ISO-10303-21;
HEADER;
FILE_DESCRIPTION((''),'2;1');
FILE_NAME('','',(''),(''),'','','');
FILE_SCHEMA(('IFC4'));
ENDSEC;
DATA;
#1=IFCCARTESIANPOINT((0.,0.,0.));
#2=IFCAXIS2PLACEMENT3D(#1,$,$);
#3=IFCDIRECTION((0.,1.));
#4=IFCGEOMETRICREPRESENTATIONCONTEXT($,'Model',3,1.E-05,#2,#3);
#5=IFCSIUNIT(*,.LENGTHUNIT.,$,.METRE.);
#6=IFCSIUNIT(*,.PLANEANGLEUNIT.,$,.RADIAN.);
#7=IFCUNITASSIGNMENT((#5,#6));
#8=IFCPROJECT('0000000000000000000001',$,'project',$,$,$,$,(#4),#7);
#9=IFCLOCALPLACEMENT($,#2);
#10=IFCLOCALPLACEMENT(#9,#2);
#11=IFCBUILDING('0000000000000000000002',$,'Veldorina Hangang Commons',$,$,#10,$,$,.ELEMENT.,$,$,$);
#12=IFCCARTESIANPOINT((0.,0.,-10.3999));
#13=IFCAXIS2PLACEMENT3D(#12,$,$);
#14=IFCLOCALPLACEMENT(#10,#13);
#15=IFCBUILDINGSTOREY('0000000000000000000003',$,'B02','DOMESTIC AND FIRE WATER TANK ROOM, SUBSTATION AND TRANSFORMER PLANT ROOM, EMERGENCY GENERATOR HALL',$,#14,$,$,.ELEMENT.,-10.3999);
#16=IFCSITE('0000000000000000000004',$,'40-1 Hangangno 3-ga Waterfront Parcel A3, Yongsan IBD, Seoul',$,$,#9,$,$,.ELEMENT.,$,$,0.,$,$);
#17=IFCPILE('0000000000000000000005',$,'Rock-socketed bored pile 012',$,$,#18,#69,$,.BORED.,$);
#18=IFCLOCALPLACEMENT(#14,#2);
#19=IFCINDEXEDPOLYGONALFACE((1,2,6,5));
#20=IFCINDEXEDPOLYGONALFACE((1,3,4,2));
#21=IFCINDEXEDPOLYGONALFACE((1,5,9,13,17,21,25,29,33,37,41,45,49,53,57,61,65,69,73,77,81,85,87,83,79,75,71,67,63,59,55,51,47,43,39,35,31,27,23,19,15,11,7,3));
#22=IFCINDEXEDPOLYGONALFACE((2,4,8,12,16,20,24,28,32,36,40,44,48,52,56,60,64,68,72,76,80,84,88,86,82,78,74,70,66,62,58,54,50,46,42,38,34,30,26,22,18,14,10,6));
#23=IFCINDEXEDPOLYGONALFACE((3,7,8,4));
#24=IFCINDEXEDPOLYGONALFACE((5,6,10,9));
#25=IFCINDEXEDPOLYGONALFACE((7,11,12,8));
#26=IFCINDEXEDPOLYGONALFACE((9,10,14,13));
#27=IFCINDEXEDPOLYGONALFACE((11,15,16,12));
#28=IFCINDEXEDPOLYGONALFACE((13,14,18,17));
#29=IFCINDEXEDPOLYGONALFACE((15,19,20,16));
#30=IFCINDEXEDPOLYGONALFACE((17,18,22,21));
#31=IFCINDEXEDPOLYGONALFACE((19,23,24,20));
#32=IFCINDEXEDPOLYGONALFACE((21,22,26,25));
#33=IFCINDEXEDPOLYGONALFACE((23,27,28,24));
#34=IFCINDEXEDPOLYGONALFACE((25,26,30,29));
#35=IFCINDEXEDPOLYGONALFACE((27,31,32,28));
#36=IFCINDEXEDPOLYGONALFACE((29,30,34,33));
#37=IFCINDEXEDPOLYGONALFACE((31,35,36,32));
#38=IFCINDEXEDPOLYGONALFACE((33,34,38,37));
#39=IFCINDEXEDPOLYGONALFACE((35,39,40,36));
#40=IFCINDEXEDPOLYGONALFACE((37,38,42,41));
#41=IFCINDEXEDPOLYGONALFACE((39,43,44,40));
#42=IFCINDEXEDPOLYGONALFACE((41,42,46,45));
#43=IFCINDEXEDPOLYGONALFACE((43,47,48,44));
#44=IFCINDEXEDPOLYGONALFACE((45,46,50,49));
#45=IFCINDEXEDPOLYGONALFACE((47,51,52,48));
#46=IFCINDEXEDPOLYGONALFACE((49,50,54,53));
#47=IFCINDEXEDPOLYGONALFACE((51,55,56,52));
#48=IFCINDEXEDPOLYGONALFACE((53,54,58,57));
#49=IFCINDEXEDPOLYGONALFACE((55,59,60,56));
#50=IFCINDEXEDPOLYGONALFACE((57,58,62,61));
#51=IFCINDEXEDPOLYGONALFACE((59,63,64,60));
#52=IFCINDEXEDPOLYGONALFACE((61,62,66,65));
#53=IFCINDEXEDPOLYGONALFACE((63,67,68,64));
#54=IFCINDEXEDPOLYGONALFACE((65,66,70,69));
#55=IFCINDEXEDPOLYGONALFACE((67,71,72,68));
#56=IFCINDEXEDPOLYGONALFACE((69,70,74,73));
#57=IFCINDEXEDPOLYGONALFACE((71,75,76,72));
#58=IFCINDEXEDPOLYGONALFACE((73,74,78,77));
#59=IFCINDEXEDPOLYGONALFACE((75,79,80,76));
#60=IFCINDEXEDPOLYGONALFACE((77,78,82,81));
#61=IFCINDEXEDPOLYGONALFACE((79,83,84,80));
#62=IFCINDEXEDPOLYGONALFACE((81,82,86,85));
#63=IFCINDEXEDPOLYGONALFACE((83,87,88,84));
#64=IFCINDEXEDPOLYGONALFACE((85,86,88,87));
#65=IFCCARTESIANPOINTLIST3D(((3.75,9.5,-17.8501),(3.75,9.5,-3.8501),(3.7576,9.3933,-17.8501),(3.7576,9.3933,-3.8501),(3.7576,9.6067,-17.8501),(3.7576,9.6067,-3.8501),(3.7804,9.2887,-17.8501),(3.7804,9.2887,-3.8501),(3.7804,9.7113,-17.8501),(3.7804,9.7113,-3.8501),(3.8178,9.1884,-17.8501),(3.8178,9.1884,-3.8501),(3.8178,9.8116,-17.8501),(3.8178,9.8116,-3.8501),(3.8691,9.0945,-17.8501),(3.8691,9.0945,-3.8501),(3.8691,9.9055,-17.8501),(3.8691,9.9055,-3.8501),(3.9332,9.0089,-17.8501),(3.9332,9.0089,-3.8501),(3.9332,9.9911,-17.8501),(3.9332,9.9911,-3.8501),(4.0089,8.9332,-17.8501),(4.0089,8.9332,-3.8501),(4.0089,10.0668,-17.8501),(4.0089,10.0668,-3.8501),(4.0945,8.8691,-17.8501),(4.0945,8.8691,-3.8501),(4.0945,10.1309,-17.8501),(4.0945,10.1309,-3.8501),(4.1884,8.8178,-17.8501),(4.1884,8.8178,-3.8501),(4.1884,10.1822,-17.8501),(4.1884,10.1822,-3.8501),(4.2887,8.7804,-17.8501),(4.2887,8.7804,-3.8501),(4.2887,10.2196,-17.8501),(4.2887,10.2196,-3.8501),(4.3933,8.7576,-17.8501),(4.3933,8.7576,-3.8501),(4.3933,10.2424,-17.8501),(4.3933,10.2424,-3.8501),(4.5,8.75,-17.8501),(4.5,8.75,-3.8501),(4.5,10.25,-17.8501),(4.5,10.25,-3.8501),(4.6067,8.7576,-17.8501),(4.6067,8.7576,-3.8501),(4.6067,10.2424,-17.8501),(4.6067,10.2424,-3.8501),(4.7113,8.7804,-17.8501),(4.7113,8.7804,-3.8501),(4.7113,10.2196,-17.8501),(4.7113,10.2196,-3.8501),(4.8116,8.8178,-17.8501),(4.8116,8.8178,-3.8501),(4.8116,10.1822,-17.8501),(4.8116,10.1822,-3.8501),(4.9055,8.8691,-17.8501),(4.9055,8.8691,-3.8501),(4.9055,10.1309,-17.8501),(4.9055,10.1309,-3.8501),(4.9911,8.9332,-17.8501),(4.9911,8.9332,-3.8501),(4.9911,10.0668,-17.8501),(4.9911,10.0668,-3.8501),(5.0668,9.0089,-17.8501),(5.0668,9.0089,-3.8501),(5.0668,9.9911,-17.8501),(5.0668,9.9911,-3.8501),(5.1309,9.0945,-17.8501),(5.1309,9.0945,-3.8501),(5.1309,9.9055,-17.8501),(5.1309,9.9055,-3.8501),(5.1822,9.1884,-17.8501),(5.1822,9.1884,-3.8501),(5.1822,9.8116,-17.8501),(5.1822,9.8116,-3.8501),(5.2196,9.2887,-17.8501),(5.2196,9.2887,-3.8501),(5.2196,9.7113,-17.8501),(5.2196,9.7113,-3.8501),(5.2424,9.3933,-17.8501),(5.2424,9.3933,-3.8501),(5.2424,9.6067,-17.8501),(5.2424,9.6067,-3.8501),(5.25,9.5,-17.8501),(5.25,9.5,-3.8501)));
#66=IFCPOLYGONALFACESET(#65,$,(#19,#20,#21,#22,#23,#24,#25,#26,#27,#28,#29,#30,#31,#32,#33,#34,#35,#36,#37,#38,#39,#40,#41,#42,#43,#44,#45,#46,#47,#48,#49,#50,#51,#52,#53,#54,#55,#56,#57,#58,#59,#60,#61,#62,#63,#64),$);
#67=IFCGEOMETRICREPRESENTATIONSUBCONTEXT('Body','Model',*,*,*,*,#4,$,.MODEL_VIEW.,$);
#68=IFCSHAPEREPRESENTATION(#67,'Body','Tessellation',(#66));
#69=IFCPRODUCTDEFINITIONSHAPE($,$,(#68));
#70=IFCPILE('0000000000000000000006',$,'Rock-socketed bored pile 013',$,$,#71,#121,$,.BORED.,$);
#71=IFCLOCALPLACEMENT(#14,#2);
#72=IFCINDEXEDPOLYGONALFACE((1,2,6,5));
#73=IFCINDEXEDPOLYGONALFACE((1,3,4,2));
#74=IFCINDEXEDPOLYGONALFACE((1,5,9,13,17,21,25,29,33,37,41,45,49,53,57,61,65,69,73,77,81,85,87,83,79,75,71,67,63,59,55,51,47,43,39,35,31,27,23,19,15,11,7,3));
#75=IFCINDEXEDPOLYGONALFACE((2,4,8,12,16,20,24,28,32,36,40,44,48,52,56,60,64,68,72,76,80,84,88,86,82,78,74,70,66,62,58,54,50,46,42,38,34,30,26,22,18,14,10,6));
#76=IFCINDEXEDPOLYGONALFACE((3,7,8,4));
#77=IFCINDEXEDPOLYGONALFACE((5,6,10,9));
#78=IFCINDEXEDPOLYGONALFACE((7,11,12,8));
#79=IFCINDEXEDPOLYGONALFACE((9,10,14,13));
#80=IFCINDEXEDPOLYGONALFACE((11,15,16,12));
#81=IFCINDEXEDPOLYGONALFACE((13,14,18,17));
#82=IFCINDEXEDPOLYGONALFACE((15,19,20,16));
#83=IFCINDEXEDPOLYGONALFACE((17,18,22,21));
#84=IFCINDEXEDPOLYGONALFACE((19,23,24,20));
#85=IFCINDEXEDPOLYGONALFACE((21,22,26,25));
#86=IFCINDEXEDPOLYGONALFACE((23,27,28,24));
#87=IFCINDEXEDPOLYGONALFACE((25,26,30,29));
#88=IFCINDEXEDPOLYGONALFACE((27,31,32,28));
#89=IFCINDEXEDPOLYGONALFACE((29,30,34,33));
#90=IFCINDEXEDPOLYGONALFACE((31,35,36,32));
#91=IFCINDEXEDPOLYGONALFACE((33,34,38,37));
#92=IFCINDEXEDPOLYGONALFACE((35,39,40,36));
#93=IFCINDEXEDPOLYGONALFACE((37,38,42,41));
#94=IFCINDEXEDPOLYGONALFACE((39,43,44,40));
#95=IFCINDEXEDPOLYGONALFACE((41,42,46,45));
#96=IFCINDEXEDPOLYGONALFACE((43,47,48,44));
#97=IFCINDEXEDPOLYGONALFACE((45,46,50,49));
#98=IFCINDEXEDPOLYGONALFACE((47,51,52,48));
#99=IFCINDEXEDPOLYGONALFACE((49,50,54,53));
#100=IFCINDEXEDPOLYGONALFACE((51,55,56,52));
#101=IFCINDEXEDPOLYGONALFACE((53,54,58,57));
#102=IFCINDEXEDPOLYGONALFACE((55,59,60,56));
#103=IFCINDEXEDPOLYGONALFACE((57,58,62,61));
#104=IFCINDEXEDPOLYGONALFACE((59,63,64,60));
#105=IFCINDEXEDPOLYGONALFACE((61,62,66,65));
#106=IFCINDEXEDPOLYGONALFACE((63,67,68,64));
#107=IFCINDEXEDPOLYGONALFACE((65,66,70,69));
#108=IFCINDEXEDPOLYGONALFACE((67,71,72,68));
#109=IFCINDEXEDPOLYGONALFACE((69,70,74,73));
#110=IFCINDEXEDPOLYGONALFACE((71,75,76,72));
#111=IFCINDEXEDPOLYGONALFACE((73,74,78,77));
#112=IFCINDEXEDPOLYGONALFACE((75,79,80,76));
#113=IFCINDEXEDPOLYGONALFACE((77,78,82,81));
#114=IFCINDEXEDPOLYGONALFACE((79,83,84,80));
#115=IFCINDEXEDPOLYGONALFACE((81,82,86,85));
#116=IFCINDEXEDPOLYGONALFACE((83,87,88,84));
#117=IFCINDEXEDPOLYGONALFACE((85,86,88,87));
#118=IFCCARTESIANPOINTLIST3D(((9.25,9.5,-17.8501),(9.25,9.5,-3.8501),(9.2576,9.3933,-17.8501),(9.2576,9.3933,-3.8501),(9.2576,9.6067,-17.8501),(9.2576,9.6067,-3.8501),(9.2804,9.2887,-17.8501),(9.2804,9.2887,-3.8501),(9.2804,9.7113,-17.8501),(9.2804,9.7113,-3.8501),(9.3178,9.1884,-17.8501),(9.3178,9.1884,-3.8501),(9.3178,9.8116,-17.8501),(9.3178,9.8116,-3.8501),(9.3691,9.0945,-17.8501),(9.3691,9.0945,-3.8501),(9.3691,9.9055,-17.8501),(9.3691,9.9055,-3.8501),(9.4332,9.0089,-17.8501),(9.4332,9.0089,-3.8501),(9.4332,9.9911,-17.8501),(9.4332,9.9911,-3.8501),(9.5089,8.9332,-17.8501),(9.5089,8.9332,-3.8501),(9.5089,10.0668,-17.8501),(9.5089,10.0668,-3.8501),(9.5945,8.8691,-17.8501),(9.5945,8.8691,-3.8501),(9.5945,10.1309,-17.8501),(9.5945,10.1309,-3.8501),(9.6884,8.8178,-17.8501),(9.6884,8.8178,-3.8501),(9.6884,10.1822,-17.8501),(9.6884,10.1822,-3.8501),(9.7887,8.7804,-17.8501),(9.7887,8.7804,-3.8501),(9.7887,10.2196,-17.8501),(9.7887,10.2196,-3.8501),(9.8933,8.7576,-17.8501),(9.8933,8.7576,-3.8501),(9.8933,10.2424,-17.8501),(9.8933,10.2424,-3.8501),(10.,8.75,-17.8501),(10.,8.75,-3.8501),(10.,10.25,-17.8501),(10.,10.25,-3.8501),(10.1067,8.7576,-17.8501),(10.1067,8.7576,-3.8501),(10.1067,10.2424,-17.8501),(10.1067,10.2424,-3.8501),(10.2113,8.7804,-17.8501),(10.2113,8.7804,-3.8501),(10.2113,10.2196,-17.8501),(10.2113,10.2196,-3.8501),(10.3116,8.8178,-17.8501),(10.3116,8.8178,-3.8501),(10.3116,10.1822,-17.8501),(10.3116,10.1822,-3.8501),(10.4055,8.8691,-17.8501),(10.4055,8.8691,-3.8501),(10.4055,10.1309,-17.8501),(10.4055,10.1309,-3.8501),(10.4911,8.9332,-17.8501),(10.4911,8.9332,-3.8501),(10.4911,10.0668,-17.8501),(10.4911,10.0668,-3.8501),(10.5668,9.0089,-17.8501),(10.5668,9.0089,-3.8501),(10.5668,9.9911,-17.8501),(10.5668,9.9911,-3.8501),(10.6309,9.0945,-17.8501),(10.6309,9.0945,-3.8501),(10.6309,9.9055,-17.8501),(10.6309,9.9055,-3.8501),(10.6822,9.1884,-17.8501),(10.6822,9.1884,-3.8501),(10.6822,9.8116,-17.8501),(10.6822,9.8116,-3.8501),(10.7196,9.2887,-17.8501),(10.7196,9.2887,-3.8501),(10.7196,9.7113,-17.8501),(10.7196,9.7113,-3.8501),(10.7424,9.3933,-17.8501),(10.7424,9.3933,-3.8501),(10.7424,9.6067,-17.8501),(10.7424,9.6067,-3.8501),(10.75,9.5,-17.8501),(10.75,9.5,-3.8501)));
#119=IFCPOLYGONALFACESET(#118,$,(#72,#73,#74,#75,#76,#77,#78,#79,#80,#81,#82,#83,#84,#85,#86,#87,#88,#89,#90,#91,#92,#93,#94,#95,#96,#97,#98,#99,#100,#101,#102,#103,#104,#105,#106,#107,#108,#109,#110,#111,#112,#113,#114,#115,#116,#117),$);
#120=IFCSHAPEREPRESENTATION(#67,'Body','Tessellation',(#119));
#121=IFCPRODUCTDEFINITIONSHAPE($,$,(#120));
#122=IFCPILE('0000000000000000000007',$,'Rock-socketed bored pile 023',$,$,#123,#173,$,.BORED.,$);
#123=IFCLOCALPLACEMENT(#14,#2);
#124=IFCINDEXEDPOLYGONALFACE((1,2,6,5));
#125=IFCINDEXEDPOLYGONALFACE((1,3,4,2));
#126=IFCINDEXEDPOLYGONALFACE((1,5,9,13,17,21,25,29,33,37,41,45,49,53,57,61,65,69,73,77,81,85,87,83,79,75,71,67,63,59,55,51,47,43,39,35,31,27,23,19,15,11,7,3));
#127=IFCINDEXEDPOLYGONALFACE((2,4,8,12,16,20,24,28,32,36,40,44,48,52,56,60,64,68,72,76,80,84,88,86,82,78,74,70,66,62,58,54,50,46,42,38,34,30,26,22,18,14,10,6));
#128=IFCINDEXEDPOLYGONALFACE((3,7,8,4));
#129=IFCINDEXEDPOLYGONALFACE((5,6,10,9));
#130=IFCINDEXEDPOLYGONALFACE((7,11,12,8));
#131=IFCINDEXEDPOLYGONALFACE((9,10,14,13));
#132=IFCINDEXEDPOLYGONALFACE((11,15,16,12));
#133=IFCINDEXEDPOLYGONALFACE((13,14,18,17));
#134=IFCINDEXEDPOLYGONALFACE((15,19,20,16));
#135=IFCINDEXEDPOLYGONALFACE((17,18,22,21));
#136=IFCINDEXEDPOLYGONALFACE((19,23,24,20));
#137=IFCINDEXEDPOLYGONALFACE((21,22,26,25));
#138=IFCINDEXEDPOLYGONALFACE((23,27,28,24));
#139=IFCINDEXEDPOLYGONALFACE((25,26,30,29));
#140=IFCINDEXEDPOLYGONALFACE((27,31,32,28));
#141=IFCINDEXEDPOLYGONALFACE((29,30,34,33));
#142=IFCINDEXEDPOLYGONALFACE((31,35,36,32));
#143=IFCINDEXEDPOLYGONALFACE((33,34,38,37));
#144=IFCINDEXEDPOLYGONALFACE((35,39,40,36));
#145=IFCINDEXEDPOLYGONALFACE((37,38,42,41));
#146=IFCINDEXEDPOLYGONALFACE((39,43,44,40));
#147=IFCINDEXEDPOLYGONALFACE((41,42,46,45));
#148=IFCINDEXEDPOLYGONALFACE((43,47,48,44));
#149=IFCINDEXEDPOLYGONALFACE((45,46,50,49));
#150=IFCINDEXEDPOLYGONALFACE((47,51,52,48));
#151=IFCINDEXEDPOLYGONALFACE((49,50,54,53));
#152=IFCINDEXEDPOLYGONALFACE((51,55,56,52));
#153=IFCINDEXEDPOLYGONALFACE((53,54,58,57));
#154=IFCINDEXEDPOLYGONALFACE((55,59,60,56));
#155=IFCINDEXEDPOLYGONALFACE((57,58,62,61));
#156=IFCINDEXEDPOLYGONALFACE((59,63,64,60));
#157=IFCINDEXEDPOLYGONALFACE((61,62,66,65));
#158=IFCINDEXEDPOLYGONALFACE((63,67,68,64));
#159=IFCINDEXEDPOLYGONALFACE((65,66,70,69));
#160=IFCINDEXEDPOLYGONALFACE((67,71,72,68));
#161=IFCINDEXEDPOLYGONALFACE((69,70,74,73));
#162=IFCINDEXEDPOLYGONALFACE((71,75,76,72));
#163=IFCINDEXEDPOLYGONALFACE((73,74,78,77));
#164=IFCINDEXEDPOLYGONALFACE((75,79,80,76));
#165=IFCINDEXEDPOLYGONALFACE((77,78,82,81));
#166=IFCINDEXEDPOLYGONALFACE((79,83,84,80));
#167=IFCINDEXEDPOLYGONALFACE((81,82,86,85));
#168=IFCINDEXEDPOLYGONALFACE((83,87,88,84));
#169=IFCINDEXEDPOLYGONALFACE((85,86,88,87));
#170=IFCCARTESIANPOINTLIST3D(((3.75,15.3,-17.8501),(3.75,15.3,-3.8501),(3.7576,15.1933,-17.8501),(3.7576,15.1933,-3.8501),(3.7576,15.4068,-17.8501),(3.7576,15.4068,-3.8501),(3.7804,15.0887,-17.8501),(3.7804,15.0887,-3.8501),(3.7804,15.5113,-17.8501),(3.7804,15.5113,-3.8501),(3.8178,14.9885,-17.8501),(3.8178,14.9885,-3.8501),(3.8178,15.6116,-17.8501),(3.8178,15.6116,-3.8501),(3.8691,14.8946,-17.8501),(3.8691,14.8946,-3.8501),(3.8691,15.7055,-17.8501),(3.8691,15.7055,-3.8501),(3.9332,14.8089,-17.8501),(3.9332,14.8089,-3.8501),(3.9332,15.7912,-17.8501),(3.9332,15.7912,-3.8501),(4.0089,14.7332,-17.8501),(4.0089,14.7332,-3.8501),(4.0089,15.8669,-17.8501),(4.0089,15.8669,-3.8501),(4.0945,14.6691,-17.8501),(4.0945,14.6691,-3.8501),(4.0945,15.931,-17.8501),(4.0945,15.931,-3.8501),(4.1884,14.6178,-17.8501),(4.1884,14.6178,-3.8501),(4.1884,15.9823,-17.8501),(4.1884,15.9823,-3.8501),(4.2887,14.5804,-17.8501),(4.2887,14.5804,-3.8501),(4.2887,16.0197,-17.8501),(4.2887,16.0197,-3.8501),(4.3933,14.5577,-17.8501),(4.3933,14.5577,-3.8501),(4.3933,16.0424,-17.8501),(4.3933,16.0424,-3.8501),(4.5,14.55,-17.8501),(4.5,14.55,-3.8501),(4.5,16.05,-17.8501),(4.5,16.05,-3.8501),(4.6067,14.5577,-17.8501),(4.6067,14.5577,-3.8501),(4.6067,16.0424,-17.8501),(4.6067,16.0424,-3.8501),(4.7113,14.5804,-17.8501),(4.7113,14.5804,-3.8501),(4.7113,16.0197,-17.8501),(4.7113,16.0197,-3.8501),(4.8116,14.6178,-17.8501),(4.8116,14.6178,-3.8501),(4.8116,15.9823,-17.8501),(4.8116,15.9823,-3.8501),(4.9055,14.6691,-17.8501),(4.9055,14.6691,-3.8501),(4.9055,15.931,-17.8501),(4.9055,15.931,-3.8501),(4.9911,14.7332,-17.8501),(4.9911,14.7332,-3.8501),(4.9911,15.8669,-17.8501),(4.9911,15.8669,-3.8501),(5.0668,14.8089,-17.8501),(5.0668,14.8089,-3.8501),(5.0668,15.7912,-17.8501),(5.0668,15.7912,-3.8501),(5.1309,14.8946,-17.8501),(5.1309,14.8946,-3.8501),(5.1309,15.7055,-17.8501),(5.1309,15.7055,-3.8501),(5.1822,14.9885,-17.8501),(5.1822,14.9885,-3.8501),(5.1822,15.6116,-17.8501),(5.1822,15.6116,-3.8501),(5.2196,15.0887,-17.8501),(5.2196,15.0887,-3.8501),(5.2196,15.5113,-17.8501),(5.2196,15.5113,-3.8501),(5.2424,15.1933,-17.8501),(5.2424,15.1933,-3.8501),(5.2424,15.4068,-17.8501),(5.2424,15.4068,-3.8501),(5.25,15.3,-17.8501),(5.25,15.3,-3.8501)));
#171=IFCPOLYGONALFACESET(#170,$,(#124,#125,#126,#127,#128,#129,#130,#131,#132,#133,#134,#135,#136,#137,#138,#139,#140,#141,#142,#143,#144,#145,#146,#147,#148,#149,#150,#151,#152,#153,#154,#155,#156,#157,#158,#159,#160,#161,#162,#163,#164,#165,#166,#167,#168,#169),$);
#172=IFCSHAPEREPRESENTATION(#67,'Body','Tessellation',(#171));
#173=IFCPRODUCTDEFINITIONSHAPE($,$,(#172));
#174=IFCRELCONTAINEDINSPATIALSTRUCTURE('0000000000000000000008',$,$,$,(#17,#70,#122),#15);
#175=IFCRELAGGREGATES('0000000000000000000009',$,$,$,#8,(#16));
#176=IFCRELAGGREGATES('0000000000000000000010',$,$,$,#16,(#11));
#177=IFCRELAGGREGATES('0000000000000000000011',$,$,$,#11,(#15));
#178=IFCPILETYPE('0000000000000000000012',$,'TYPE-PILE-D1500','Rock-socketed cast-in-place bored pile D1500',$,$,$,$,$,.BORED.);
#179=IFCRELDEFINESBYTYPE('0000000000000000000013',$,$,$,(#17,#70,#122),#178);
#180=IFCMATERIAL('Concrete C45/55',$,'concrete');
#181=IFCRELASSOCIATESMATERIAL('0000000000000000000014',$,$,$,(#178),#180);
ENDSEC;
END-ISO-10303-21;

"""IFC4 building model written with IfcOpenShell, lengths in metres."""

from ifc_helpers import new_model, si_unit, direction, frame, origin, origin_2d, place, context, subcontext, project, spatial, circle, extrude, material, material_profile, profile_set, type_object, element, save


model = new_model("IFC4")

# Units and contexts
model_context = context("Model", 3, precision=1e-05, world=origin(), true_north=direction((0.0, 1.0)))
body_context = subcontext(model_context, "Body", "Model", "MODEL_VIEW")
ifc_project = project(units=[si_unit("LENGTHUNIT", "METRE"), si_unit("PLANEANGLEUNIT", "RADIAN")], contexts=[model_context])

# Site, building, storey
site_placement = place(None, origin())
site = spatial("IfcSite", under=ifc_project, at=site_placement, Name="40-1 Hangangno 3-ga Waterfront Parcel A3, Yongsan IBD, Seoul", CompositionType="ELEMENT", RefElevation=0.0)
building_placement = place(site_placement, origin())
building = spatial("IfcBuilding", under=site, at=building_placement, Name="Veldorina Hangang Commons", CompositionType="ELEMENT")
storey_placement = place(building_placement, frame((0.0, 0.0, -10.3999)))
storey = spatial("IfcBuildingStorey", under=building, at=storey_placement, Name="B02", Description="DOMESTIC AND FIRE WATER TANK ROOM, SUBSTATION AND TRANSFORMER PLANT ROOM, EMERGENCY GENERATOR HALL", CompositionType="ELEMENT", Elevation=-10.3999)

# Piles
ifc_material_1 = material(Name="Concrete C45/55", Category="concrete")
ifc_material_profile_1 = material_profile(ifc_material_1, circle(Radius=0.75, at=origin_2d()), Name="PILE-D1500")
ifc_profile_set_1 = profile_set([ifc_material_profile_1], Name="Concrete C45/55")
pile_type_1 = type_object("IfcPileType", Name="TYPE-PILE-D1500", Description="Rock-socketed cast-in-place bored pile D1500", PredefinedType="BORED", material=ifc_profile_set_1)
for number, where, z_axis, x_axis, name in (
    (1, (4.5, 9.5, -3.8501), (0.0, 0.0, -1.0), (1.0, 0.0, 0.0), "Rock-socketed bored pile 012"),
    (2, (10.0, 9.5, -3.8501), (0.0, 0.0, -1.0), (1.0, 0.0, 0.0), "Rock-socketed bored pile 013"),
    (3, (4.5, 15.3, -3.8501), (0.0, 0.0, -1.0), (1.0, 0.0, 0.0), "Rock-socketed bored pile 023"),
):
    element("IfcPile", number, at=place(storey_placement, frame(where, z_axis=z_axis, x_axis=x_axis)), inside=storey, type_object=pile_type_1, Name=name, PredefinedType="BORED", context=body_context, shape_type="SweptSolid", body=[
        extrude(circle(Radius=0.75, at=origin_2d()), origin(), (0.0, 0.0, 1.0), 14.0),
    ])

save(model, "model.ifc")
